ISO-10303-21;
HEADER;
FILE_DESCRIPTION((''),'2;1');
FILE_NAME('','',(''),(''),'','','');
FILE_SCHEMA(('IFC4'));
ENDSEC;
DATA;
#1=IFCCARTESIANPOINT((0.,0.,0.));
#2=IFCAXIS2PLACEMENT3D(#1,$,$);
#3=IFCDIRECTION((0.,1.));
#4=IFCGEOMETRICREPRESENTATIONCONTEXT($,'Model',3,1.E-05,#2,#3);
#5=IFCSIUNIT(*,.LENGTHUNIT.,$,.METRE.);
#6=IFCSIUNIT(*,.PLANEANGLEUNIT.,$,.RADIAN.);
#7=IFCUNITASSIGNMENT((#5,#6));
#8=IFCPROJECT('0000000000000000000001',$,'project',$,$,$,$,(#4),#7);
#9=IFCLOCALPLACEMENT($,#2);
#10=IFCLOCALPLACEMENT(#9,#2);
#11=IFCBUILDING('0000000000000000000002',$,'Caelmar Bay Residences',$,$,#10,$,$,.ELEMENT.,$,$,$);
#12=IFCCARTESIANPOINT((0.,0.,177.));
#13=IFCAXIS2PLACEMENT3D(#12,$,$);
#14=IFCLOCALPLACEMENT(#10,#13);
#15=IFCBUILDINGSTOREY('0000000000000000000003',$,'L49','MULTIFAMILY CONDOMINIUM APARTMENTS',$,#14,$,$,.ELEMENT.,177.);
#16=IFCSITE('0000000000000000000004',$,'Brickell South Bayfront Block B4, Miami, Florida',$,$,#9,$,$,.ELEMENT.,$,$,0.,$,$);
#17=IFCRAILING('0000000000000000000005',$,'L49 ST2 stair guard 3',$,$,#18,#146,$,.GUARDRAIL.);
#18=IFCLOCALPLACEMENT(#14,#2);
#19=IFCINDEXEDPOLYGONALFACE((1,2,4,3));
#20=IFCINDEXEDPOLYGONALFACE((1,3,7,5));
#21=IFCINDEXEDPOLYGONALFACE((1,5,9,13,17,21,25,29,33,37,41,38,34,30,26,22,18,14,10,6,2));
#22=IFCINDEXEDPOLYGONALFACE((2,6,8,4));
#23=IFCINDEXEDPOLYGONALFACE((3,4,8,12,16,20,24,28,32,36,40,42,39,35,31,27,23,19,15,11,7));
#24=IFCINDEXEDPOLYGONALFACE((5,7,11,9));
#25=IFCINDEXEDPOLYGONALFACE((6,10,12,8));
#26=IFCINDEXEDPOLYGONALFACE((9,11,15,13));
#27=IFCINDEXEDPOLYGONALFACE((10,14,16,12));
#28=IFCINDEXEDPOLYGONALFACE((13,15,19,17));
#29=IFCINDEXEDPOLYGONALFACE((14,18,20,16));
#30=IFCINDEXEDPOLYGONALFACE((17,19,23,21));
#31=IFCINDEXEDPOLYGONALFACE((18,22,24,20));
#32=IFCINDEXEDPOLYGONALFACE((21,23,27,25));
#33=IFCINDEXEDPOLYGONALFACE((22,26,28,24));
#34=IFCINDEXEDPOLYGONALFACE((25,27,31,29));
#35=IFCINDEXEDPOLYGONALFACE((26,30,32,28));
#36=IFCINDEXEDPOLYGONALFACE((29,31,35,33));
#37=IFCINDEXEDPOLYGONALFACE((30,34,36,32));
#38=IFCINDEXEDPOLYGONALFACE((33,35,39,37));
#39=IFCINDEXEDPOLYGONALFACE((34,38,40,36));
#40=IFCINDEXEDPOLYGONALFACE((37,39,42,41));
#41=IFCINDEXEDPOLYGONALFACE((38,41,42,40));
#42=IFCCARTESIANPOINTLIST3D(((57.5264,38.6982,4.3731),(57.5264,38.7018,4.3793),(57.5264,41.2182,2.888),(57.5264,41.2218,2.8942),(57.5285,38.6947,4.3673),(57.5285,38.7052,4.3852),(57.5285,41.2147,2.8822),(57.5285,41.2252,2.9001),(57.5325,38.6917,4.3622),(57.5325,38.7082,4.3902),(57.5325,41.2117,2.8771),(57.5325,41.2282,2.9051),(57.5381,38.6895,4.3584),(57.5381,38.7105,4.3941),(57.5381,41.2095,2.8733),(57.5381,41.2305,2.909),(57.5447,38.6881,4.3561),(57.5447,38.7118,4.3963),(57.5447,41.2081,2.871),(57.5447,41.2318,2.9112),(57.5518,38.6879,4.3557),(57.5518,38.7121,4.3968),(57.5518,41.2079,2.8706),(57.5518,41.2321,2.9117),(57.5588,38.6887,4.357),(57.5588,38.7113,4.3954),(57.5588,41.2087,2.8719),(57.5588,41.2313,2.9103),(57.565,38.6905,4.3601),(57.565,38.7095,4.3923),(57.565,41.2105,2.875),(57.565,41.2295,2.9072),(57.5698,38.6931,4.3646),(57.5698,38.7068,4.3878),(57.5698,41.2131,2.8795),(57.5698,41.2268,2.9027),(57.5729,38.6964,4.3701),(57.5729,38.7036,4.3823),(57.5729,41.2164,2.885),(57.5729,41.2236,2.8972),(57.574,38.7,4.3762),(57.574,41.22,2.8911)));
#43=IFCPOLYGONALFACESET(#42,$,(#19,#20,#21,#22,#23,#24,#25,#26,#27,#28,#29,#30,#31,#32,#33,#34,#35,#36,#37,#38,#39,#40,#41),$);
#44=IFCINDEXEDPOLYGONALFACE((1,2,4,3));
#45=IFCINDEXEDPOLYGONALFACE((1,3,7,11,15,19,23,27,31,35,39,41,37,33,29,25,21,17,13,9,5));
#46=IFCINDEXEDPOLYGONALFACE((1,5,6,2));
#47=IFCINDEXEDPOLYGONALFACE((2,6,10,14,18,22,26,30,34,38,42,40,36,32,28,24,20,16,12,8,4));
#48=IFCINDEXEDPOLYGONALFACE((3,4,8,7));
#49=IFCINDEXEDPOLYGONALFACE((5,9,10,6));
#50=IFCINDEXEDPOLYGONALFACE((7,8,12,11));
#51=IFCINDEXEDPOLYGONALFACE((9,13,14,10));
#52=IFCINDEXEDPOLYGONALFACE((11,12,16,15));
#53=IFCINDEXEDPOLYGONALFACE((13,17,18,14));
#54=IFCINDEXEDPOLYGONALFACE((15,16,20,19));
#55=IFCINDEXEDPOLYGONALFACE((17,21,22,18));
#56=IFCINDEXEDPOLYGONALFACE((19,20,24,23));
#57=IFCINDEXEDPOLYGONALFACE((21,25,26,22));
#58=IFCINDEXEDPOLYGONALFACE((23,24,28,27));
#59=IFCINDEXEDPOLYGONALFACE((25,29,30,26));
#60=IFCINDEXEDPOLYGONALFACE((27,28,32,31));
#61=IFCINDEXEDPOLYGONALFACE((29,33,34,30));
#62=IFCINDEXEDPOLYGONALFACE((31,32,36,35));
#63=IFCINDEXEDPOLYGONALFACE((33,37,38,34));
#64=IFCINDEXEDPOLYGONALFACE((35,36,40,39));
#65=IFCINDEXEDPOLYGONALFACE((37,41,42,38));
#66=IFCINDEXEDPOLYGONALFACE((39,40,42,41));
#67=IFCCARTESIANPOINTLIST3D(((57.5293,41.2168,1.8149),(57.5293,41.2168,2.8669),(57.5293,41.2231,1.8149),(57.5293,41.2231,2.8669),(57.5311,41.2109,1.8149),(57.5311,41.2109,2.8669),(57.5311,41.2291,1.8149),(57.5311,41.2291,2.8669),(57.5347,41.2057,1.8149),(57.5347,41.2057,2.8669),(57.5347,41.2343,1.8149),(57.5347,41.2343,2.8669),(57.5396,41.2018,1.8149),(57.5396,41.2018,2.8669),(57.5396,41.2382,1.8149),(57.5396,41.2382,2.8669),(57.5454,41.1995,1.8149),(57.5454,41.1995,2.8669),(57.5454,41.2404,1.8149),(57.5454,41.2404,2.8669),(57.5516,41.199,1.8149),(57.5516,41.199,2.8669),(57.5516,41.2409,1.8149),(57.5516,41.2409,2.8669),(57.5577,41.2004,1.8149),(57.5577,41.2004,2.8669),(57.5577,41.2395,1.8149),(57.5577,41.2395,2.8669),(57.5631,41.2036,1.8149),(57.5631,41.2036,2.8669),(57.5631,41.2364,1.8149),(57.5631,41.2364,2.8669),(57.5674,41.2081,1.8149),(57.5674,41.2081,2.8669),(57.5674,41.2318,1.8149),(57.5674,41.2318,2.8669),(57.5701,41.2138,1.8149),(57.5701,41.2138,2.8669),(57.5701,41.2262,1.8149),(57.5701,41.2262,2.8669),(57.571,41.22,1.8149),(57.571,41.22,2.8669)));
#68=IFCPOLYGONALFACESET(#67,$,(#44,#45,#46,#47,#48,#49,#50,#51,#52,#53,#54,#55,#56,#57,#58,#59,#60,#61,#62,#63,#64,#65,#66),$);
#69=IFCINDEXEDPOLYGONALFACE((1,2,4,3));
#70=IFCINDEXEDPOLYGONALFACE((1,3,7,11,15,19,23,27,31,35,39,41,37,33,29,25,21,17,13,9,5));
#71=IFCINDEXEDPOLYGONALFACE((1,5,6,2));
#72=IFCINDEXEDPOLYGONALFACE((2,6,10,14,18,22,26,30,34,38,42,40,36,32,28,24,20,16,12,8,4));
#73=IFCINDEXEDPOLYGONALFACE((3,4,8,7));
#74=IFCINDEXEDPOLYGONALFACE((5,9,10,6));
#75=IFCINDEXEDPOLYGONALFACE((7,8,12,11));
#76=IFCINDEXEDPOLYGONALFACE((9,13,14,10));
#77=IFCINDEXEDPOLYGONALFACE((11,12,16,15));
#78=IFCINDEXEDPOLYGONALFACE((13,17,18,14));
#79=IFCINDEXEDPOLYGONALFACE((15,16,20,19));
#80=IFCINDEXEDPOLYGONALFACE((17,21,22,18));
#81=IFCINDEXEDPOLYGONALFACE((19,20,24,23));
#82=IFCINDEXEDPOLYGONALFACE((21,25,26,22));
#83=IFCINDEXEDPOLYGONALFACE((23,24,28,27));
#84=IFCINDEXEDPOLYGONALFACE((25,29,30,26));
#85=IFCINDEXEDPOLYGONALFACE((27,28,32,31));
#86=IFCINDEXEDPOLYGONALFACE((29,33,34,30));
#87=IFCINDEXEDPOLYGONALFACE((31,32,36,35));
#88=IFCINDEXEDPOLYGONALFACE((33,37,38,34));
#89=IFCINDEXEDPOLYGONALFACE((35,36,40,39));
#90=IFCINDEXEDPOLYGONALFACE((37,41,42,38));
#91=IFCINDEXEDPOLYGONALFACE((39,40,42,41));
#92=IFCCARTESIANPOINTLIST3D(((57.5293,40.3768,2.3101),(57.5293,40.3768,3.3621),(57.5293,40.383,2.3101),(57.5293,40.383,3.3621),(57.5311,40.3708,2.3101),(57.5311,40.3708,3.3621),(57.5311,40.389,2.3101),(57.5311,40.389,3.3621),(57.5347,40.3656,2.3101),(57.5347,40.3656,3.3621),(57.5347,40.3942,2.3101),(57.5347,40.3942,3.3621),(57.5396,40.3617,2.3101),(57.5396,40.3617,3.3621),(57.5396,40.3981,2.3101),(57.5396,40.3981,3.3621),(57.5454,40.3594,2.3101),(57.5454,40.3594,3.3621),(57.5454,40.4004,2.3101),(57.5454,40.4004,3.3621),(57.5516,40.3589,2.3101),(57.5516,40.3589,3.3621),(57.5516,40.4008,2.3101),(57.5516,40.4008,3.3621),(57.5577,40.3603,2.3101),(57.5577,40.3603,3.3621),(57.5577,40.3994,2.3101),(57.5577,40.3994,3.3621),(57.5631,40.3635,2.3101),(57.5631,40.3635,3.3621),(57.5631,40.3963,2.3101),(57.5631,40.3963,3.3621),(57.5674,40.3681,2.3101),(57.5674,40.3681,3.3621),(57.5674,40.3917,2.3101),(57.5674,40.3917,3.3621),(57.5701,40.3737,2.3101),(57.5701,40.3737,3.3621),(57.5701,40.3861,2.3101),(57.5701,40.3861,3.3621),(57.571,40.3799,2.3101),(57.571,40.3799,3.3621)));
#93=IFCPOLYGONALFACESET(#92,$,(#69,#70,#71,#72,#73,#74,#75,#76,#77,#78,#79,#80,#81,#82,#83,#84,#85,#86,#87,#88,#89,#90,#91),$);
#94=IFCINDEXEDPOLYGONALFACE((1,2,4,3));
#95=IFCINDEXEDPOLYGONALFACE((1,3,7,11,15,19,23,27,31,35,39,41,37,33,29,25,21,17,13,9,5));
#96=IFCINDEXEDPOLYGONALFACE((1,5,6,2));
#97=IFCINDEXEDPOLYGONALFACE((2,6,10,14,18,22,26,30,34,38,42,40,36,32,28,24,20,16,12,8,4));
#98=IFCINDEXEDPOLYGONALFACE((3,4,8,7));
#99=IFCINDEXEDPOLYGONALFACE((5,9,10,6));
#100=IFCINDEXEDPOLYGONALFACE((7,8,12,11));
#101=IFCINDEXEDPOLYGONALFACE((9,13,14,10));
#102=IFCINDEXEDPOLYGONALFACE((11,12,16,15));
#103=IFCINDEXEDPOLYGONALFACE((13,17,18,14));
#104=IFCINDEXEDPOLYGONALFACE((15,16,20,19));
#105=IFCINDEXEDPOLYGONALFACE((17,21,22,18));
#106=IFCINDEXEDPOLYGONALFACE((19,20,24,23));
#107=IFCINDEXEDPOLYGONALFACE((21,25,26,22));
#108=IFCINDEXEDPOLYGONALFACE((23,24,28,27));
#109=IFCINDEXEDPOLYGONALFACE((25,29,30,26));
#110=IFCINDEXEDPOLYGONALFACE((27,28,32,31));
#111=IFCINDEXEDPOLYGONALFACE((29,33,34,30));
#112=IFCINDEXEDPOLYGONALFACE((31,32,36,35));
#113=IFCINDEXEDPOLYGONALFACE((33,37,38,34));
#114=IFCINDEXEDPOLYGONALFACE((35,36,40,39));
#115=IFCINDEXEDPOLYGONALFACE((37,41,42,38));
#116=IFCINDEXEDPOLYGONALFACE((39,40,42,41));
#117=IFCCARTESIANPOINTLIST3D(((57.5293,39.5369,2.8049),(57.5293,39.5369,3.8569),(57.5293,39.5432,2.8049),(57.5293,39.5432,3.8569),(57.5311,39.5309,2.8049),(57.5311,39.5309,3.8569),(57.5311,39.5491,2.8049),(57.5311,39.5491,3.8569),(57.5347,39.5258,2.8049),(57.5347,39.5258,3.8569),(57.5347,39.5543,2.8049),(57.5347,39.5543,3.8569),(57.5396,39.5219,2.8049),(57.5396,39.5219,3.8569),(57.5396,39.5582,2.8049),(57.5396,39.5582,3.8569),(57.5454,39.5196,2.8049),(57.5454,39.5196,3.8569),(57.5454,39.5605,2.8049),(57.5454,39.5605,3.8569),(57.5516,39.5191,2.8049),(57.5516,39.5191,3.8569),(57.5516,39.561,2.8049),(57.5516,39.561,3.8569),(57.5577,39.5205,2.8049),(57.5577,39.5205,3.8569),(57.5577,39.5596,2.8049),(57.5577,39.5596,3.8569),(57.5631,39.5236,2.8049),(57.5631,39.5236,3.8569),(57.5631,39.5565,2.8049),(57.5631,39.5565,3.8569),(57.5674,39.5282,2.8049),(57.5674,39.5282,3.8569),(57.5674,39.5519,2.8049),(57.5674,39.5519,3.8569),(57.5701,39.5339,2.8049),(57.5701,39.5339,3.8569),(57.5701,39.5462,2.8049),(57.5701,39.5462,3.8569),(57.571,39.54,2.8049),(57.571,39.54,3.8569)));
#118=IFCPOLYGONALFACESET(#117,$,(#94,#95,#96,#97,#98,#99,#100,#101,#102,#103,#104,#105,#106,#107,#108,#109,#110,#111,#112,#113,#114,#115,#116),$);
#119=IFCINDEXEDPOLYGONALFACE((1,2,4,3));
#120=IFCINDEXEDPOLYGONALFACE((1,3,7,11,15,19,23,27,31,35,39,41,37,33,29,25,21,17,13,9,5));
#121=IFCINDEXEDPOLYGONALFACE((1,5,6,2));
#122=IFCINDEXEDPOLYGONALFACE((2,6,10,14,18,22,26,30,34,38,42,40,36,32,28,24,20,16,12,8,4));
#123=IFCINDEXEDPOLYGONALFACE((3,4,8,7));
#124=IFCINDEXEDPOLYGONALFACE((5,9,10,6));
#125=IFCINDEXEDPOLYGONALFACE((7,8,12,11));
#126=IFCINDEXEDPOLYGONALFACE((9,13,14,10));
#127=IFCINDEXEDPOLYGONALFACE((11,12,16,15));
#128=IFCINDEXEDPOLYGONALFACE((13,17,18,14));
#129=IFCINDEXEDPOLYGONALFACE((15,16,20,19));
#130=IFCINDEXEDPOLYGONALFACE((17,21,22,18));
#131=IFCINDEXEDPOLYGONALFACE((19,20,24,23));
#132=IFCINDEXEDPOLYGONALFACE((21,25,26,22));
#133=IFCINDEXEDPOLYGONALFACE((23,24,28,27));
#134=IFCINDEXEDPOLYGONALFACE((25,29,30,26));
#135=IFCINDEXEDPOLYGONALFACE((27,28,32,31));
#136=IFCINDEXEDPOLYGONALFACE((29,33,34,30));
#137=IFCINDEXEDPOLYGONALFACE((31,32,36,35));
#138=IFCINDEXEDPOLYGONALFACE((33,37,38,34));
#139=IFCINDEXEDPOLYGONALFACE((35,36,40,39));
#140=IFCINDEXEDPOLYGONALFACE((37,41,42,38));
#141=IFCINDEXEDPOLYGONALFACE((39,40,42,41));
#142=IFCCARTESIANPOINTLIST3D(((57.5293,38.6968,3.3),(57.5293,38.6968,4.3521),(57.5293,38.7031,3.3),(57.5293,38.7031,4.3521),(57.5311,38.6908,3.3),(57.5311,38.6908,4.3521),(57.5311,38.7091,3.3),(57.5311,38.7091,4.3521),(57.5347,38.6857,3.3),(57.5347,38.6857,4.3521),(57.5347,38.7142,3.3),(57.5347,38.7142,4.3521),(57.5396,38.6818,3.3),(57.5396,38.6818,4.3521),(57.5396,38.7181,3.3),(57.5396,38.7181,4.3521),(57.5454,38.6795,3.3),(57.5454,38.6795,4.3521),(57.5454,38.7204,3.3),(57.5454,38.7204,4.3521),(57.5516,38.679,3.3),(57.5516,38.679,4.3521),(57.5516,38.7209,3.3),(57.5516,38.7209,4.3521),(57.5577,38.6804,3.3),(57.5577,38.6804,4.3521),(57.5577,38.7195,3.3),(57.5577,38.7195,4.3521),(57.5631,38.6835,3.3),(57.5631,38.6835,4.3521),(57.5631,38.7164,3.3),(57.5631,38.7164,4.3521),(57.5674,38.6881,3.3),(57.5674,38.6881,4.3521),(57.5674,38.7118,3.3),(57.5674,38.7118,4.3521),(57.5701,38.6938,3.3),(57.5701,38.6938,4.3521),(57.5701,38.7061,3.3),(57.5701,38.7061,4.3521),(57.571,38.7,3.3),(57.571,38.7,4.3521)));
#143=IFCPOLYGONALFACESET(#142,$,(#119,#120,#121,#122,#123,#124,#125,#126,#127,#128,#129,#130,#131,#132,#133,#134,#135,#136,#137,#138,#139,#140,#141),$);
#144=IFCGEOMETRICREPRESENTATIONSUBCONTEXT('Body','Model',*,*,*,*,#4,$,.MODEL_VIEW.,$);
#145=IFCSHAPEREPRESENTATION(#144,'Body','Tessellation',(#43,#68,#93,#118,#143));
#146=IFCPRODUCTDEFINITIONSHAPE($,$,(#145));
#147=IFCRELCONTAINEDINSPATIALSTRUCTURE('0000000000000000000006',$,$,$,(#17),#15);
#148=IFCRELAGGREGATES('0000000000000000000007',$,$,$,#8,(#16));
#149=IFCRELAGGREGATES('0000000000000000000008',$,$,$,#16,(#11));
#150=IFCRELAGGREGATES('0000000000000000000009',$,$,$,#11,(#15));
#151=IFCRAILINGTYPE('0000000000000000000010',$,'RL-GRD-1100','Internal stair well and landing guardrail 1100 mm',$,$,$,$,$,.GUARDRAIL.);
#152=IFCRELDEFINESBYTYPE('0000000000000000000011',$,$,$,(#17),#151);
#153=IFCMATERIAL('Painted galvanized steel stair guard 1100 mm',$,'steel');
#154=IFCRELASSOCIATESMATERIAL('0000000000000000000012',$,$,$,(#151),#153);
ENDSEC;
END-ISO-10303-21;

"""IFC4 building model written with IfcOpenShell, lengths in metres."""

from ifc_helpers import new_model, si_unit, direction, frame, origin, origin_2d, place, context, subcontext, project, spatial, circle, extrude, material, type_object, element, save


model = new_model("IFC4")

# Units and contexts
model_context = context("Model", 3, precision=1e-05, world=origin(), true_north=direction((0.0, 1.0)))
body_context = subcontext(model_context, "Body", "Model", "MODEL_VIEW")
ifc_project = project(units=[si_unit("LENGTHUNIT", "METRE"), si_unit("PLANEANGLEUNIT", "RADIAN")], contexts=[model_context])

# Site, building, storey
site_placement = place(None, origin())
site = spatial("IfcSite", under=ifc_project, at=site_placement, Name="Brickell South Bayfront Block B4, Miami, Florida", CompositionType="ELEMENT", RefElevation=0.0)
building_placement = place(site_placement, origin())
building = spatial("IfcBuilding", under=site, at=building_placement, Name="Caelmar Bay Residences", CompositionType="ELEMENT")
storey_placement = place(building_placement, frame((0.0, 0.0, 177.0)))
storey = spatial("IfcBuildingStorey", under=building, at=storey_placement, Name="L49", Description="MULTIFAMILY CONDOMINIUM APARTMENTS", CompositionType="ELEMENT", Elevation=177.0)

# Railing
ifc_material_1 = material(Name="Painted galvanized steel stair guard 1100 mm", Category="steel")
railing_type_1 = type_object("IfcRailingType", Name="RL-GRD-1100", Description="Internal stair well and landing guardrail 1100 mm", PredefinedType="GUARDRAIL", material=ifc_material_1)
railing_1_placement = place(storey_placement, frame((57.55, 41.22, 1.8149)))
element("IfcRailing", 1, at=railing_1_placement, inside=storey, type_object=railing_type_1, Name="L49 ST2 stair guard 3", PredefinedType="GUARDRAIL", context=body_context, shape_type="SweptSolid", body=[
    extrude(circle(Radius=0.0239, at=origin_2d()), frame((0.0, 0.0, 1.0762), z_axis=(0.0, -0.861524, 0.507717), x_axis=(1.0, 0.0, 0.0)), (0.0, 0.0, 1.0), 2.925),
    extrude(circle(Radius=0.021, at=origin_2d()), origin(), (0.0, 0.0, 1.0), 1.052),
    extrude(circle(Radius=0.021, at=origin_2d()), frame((0.0, -0.8401, 0.4951)), (0.0, 0.0, 1.0), 1.052),
    extrude(circle(Radius=0.021, at=origin_2d()), frame((0.0, -1.6799, 0.99)), (0.0, 0.0, 1.0), 1.052),
    extrude(circle(Radius=0.021, at=origin_2d()), frame((0.0, -2.52, 1.4851)), (0.0, 0.0, 1.0), 1.052),
])

save(model, "model.ifc")
